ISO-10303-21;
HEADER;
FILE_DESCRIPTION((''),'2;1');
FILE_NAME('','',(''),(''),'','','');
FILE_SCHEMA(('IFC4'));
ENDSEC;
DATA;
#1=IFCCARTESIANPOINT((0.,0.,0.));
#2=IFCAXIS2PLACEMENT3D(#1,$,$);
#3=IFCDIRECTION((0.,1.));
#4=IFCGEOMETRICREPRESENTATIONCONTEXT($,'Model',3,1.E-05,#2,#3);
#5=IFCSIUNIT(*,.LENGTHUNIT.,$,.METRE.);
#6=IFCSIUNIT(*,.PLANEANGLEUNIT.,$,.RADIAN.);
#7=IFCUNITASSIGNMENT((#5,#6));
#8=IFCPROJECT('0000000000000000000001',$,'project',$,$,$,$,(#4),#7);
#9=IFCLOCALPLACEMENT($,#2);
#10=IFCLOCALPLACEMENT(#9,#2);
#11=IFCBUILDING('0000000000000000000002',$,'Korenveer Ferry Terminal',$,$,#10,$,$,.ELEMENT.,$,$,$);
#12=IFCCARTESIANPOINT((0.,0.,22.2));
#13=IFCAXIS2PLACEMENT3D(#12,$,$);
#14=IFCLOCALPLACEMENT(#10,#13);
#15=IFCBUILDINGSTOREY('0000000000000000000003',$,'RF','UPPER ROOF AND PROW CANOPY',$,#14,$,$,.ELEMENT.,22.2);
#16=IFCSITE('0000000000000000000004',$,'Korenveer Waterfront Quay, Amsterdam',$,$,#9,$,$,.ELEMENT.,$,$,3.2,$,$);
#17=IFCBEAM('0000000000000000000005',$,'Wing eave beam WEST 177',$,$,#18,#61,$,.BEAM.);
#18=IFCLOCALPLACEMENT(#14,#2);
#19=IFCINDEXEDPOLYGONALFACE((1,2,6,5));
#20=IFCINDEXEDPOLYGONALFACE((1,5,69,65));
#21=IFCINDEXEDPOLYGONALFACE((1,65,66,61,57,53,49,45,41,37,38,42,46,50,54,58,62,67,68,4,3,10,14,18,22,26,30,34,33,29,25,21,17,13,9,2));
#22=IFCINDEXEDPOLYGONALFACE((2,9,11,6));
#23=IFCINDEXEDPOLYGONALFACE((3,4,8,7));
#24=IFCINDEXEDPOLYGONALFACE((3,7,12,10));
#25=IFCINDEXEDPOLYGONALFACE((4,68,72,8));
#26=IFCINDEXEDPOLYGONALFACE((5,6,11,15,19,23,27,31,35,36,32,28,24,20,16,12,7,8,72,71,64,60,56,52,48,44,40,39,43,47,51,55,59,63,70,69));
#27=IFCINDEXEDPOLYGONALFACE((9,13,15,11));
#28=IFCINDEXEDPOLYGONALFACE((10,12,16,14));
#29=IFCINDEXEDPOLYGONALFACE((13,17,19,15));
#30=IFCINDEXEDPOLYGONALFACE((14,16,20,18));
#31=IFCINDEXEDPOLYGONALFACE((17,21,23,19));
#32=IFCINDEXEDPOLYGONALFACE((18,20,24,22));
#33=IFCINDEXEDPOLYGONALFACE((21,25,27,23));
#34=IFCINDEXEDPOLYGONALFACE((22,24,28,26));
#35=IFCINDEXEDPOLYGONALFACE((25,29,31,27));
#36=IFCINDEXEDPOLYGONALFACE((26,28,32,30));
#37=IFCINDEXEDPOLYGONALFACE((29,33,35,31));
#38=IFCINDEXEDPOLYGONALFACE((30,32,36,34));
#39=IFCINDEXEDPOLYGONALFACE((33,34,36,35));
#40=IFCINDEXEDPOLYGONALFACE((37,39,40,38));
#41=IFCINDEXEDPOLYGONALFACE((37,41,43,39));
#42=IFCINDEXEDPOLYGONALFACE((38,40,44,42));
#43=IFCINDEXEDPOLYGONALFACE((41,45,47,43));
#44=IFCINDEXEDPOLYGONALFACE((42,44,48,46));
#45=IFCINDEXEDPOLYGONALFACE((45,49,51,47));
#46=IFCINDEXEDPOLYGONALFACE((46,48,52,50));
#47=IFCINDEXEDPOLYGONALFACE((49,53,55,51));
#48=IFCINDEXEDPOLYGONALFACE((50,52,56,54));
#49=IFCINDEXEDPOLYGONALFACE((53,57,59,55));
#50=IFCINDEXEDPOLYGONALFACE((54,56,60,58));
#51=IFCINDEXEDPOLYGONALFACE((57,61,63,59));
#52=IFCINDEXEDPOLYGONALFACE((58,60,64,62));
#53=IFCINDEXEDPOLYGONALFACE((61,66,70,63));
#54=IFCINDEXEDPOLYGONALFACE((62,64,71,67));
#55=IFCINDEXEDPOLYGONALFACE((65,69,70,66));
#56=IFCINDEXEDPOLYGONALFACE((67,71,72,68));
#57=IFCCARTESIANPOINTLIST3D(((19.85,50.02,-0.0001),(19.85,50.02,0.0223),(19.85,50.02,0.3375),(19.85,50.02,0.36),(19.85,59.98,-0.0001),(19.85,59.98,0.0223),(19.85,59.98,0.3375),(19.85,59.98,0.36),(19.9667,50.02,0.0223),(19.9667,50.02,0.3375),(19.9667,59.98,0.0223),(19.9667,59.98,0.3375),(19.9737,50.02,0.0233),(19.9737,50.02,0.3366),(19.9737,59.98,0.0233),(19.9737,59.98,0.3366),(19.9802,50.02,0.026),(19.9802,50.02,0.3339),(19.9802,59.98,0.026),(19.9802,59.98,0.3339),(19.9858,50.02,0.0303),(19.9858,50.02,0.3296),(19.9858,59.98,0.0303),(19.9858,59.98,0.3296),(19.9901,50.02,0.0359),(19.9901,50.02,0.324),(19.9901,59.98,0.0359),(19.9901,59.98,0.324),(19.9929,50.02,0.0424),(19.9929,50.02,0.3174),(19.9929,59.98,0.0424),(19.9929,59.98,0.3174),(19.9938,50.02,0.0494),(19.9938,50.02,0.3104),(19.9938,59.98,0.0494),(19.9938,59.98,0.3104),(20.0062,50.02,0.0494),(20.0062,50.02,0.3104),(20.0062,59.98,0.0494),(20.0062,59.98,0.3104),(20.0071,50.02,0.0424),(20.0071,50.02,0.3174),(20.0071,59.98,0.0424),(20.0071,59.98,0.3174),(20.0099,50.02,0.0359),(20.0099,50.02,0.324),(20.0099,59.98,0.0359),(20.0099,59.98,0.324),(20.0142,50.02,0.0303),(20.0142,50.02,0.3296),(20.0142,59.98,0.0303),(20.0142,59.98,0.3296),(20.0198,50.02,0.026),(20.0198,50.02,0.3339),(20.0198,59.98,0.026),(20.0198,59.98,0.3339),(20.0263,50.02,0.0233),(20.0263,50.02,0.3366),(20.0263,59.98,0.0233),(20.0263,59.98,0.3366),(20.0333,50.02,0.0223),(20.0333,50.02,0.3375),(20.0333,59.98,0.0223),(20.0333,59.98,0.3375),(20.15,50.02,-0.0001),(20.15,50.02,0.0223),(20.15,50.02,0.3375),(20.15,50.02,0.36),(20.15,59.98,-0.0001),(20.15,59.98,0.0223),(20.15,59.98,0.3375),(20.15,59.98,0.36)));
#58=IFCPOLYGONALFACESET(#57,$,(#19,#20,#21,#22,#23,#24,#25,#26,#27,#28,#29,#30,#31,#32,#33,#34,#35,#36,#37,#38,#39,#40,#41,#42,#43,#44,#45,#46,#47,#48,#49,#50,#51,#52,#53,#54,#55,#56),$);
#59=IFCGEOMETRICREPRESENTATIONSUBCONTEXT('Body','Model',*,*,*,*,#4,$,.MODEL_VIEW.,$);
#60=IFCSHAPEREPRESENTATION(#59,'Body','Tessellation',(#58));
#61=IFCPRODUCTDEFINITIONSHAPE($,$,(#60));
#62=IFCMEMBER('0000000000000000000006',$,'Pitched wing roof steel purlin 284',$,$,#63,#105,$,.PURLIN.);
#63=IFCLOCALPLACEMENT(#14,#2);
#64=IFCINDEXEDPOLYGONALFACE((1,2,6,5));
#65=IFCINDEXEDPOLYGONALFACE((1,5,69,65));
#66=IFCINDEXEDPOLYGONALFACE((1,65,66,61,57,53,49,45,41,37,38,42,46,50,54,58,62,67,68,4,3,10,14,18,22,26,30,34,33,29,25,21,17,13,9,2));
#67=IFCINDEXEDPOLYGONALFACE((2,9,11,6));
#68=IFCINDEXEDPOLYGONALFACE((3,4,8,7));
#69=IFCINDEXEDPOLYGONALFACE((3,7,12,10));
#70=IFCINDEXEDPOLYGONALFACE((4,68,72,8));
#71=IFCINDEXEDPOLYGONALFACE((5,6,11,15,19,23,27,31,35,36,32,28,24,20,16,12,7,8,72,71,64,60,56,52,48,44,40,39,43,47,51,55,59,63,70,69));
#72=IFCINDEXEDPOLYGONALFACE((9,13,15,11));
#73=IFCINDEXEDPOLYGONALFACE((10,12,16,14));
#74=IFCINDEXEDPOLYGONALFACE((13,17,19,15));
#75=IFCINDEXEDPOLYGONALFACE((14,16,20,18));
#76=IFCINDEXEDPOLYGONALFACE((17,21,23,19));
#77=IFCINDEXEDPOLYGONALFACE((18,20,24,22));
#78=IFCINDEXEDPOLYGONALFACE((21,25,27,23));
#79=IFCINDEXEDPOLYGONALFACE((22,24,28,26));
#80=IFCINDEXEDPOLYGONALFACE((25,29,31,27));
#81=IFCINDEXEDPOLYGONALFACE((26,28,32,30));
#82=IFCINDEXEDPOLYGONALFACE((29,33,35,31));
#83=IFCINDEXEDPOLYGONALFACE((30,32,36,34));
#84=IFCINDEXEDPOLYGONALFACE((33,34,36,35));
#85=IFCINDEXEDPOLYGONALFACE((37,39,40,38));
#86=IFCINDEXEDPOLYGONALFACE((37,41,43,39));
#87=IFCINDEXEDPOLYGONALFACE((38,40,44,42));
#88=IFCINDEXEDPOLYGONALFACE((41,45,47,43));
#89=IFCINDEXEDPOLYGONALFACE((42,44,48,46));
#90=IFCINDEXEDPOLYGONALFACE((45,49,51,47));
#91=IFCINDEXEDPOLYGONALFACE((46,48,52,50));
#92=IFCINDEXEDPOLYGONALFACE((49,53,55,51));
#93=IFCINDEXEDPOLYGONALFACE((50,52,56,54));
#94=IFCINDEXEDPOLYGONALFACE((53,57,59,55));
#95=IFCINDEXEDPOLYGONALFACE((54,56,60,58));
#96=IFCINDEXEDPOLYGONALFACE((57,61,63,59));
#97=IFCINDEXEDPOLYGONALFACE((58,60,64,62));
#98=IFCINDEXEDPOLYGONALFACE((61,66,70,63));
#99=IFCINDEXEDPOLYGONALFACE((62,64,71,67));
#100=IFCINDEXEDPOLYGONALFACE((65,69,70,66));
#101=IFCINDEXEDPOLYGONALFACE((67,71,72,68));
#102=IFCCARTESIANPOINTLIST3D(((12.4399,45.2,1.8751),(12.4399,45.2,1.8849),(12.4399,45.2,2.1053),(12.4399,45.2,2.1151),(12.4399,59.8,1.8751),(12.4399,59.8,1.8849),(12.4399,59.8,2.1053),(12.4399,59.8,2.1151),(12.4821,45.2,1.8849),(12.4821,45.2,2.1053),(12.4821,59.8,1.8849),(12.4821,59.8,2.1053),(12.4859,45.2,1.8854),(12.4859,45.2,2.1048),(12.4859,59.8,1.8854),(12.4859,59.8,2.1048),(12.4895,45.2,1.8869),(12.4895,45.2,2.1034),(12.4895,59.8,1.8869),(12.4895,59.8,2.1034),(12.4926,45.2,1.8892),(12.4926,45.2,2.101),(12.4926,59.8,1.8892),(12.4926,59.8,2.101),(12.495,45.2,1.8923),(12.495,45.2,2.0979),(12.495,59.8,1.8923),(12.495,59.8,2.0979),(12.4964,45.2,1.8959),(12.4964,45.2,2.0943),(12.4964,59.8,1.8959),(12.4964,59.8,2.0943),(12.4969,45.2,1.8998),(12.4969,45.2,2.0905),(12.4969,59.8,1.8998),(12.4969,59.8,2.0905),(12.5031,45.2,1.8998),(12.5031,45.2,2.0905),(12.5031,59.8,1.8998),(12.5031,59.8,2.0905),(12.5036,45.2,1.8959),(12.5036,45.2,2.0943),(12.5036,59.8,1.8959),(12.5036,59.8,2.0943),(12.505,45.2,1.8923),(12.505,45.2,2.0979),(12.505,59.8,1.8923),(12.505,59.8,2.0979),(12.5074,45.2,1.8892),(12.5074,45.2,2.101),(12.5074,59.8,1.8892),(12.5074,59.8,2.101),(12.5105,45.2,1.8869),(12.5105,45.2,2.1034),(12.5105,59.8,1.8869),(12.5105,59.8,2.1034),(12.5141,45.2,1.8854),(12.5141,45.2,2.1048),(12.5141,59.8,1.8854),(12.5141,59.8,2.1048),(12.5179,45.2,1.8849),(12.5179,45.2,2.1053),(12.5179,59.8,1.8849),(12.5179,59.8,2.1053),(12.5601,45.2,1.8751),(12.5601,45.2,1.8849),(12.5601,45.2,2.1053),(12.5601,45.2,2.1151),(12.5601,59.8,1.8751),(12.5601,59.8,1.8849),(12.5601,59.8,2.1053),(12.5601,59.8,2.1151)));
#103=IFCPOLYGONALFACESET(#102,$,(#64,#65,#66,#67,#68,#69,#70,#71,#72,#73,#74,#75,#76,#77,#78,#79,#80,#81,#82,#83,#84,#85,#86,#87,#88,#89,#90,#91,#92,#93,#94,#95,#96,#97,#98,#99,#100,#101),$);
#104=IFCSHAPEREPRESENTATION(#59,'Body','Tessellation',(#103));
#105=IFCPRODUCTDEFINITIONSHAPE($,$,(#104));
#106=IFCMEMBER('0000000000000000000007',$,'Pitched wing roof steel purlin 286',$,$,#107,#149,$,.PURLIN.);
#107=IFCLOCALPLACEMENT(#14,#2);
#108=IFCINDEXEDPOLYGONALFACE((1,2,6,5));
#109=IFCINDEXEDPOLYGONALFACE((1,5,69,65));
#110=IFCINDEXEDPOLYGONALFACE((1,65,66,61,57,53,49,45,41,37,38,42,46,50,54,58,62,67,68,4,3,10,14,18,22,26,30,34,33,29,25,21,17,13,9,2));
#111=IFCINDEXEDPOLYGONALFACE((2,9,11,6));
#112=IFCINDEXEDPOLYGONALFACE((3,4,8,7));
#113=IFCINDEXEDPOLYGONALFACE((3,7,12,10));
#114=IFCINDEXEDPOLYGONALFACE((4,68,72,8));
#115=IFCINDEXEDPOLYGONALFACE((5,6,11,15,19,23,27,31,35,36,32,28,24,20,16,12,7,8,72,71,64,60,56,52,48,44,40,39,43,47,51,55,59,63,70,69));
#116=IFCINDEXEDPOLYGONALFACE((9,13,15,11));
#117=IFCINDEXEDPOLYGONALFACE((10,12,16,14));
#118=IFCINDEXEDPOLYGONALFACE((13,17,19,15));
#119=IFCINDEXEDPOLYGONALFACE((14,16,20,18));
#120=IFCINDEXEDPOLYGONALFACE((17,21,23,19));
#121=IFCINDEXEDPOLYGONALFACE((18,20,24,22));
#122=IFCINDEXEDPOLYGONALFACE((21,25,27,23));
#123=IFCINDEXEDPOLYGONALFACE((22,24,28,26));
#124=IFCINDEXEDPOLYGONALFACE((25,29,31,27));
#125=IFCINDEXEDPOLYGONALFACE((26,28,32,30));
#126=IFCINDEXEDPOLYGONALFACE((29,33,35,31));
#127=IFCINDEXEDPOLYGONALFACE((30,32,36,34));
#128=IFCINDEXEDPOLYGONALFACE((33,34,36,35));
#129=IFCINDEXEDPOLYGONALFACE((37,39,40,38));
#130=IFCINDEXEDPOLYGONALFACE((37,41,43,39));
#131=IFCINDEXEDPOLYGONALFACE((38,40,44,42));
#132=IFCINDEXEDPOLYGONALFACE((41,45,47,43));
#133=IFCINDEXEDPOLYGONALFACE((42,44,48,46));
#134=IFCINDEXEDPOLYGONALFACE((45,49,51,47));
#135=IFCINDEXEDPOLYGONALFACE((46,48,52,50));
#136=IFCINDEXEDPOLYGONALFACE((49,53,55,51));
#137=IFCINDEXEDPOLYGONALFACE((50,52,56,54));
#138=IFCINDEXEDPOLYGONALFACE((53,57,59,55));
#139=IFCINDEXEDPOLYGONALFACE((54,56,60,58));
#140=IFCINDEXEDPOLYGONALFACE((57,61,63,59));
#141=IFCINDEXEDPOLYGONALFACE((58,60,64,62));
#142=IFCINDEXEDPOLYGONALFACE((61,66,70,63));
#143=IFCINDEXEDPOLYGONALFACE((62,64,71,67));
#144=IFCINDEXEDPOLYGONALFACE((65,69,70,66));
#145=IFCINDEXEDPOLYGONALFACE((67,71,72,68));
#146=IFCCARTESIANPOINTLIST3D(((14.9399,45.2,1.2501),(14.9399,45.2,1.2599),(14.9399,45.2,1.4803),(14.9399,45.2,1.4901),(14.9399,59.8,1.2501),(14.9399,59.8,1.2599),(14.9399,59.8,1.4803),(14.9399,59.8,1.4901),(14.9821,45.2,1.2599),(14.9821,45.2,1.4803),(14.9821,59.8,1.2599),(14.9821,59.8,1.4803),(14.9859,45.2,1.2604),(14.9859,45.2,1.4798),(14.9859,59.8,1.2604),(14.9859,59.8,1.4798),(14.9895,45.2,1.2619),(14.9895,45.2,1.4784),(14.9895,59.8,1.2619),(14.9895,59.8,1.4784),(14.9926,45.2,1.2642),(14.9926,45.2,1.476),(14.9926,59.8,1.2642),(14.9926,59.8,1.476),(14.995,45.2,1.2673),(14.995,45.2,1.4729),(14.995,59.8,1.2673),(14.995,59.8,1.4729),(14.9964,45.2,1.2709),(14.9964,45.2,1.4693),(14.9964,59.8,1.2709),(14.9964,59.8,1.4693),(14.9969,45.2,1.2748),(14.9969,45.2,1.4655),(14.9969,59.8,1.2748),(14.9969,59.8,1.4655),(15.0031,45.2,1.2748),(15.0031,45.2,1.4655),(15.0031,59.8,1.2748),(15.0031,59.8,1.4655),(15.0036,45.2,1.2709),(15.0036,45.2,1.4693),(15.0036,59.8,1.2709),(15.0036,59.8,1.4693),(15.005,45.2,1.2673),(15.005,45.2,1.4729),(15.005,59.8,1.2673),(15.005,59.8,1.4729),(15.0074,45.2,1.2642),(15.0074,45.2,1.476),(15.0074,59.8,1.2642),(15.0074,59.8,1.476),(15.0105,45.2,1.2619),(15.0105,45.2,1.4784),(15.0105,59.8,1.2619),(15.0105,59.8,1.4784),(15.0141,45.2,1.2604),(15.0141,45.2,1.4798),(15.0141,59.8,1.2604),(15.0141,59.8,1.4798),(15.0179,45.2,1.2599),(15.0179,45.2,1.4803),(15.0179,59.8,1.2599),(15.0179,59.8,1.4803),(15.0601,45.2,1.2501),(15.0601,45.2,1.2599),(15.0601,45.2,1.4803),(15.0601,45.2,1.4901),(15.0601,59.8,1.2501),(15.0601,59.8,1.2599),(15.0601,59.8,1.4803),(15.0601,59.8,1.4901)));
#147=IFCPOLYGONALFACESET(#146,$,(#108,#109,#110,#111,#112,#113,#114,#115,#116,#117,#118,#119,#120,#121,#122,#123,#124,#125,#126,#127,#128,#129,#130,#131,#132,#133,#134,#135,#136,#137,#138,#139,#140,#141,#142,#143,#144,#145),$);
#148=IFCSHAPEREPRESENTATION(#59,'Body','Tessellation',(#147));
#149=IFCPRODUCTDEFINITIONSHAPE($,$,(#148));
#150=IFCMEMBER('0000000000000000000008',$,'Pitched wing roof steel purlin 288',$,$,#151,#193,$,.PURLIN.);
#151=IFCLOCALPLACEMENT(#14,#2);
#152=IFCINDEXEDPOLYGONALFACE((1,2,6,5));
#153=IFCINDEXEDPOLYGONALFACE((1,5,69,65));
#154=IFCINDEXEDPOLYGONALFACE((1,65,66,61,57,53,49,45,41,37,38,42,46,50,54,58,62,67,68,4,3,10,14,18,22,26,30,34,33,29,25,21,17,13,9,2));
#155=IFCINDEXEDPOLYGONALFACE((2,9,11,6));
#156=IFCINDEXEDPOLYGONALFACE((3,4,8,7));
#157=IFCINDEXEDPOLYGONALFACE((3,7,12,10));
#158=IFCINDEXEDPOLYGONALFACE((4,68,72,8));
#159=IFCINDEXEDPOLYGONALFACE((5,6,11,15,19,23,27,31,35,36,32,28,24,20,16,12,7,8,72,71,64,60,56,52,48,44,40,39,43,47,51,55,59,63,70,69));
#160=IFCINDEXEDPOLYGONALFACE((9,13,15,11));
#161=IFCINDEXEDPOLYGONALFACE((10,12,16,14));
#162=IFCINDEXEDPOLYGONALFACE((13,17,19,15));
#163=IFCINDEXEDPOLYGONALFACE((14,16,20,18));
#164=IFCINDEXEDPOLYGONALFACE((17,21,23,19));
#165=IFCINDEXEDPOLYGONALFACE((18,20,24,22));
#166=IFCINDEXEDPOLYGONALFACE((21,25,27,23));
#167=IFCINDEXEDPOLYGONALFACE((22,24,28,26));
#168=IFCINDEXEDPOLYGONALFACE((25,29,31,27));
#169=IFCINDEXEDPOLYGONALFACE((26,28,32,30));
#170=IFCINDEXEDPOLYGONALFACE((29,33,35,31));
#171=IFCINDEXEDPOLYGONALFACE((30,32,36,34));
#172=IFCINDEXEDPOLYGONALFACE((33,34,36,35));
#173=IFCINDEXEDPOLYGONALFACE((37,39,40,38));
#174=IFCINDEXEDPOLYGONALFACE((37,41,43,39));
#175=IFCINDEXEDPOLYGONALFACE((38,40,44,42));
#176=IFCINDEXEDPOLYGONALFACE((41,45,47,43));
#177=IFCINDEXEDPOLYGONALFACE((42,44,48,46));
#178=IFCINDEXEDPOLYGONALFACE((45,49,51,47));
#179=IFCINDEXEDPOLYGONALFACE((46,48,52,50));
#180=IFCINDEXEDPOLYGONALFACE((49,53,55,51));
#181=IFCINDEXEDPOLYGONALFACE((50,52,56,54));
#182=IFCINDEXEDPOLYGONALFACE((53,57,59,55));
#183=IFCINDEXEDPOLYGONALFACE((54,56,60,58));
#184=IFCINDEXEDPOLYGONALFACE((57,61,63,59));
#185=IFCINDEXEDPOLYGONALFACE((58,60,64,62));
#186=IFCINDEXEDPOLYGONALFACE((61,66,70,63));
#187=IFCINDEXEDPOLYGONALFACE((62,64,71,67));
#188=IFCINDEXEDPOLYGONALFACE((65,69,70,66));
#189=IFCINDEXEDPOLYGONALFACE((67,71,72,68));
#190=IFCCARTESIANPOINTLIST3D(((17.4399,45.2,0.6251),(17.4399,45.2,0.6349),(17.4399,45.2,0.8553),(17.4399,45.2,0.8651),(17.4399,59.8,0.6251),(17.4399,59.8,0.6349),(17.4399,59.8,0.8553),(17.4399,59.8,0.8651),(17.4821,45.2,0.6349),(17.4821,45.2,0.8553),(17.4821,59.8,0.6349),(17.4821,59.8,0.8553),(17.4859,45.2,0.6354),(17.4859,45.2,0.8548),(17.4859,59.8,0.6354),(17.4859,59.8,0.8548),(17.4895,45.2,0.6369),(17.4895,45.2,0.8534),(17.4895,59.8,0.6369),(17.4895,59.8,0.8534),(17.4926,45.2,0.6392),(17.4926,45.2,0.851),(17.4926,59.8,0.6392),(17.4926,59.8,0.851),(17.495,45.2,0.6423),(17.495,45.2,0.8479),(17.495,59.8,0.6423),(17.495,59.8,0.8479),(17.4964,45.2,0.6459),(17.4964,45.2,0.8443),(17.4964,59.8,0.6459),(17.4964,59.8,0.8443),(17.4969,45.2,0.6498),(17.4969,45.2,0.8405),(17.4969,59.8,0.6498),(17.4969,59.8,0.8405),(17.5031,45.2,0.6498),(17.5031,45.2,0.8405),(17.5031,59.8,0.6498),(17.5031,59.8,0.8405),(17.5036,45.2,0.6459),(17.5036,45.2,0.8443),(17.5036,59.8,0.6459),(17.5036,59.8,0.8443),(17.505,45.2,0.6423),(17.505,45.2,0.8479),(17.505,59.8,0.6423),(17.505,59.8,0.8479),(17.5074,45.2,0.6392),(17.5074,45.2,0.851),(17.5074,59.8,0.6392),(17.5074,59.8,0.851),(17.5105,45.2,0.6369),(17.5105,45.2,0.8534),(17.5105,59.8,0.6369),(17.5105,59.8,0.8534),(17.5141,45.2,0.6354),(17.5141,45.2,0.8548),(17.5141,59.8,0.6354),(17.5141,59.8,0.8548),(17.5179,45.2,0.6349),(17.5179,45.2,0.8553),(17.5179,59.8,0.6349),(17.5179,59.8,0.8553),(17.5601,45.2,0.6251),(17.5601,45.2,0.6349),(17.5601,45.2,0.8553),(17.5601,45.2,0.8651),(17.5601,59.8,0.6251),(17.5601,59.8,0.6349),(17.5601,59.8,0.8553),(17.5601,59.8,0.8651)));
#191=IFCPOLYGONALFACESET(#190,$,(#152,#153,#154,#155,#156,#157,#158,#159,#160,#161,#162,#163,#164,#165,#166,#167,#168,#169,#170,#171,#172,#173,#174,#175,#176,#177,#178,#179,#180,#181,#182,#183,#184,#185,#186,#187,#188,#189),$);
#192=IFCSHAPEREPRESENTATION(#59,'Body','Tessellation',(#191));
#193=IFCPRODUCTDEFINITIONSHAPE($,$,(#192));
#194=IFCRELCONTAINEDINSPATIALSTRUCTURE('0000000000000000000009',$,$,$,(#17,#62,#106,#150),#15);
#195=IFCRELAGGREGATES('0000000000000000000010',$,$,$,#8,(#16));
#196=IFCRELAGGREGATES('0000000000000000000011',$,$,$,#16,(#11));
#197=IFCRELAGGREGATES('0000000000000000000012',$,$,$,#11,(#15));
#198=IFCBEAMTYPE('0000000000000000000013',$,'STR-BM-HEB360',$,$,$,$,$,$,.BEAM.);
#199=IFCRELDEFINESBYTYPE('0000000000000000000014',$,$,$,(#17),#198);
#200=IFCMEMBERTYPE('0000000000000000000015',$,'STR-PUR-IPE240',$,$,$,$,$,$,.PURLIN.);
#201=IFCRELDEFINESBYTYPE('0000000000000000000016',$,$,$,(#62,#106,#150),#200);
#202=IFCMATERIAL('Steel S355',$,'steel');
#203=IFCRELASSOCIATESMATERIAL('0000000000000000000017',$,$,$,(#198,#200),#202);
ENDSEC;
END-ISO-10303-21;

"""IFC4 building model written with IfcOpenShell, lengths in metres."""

from ifc_helpers import new_model, si_unit, direction, frame, origin, origin_2d, place, context, subcontext, project, spatial, i_section, extrude, material, material_profile, profile_set, type_object, element, save


model = new_model("IFC4")

# Units and contexts
model_context = context("Model", 3, precision=1e-05, world=origin(), true_north=direction((0.0, 1.0)))
body_context = subcontext(model_context, "Body", "Model", "MODEL_VIEW")
ifc_project = project(units=[si_unit("LENGTHUNIT", "METRE"), si_unit("PLANEANGLEUNIT", "RADIAN")], contexts=[model_context])

# Site, building, storey
site_placement = place(None, origin())
site = spatial("IfcSite", under=ifc_project, at=site_placement, Name="Korenveer Waterfront Quay, Amsterdam", CompositionType="ELEMENT", RefElevation=3.2)
building_placement = place(site_placement, origin())
building = spatial("IfcBuilding", under=site, at=building_placement, Name="Korenveer Ferry Terminal", CompositionType="ELEMENT")
storey_placement = place(building_placement, frame((0.0, 0.0, 22.2)))
storey = spatial("IfcBuildingStorey", under=building, at=storey_placement, Name="RF", Description="UPPER ROOF AND PROW CANOPY", CompositionType="ELEMENT", Elevation=22.2)

# Beam
ifc_material_1 = material(Name="Steel S355", Category="steel")
ifc_material_profile_1 = material_profile(ifc_material_1, i_section(OverallWidth=0.3, OverallDepth=0.3601, WebThickness=0.0125, FlangeThickness=0.0225, FilletRadius=0.0271, at=origin_2d()), Name="HEB 360")
ifc_profile_set_1 = profile_set([ifc_material_profile_1], Name="Steel S355")
beam_type_1 = type_object("IfcBeamType", Name="STR-BM-HEB360", PredefinedType="BEAM", material=ifc_profile_set_1)
beam_placement = place(storey_placement, frame((20.0, 50.02, 0.1799), z_axis=(0.0, 1.0, 0.0), x_axis=(-1.0, 0.0, 0.0)))
element("IfcBeam", 1, at=beam_placement, inside=storey, type_object=beam_type_1, Name="Wing eave beam WEST 177", PredefinedType="BEAM", context=body_context, shape_type="SweptSolid", body=[
    extrude(i_section(OverallWidth=0.3, OverallDepth=0.3601, WebThickness=0.0125, FlangeThickness=0.0225, FilletRadius=0.0271, at=origin_2d()), origin(), (0.0, 0.0, 1.0), 9.96),
])

# Members
ifc_material_profile_2 = material_profile(ifc_material_1, i_section(OverallWidth=0.1201, OverallDepth=0.24, WebThickness=0.0061, FlangeThickness=0.0098, FilletRadius=0.0149, at=origin_2d()), Name="IPE 240")
ifc_profile_set_2 = profile_set([ifc_material_profile_2], Name="Steel S355")
member_type_1 = type_object("IfcMemberType", Name="STR-PUR-IPE240", PredefinedType="PURLIN", material=ifc_profile_set_2)
for number, where, z_axis, x_axis, name in (
    (2, (12.5, 45.2, 1.9951), (0.0, 1.0, 0.0), (-1.0, 0.0, 0.0), "Pitched wing roof steel purlin 284"),
    (3, (15.0, 45.2, 1.3701), (0.0, 1.0, 0.0), (-1.0, 0.0, 0.0), "Pitched wing roof steel purlin 286"),
    (4, (17.5, 45.2, 0.7451), (0.0, 1.0, 0.0), (-1.0, 0.0, 0.0), "Pitched wing roof steel purlin 288"),
):
    element("IfcMember", number, at=place(storey_placement, frame(where, z_axis=z_axis, x_axis=x_axis)), inside=storey, type_object=member_type_1, Name=name, PredefinedType="PURLIN", context=body_context, shape_type="SweptSolid", body=[
        extrude(i_section(OverallWidth=0.1201, OverallDepth=0.24, WebThickness=0.0061, FlangeThickness=0.0098, FilletRadius=0.0149, at=origin_2d()), origin(), (0.0, 0.0, 1.0), 14.6001),
    ])

save(model, "model.ifc")
